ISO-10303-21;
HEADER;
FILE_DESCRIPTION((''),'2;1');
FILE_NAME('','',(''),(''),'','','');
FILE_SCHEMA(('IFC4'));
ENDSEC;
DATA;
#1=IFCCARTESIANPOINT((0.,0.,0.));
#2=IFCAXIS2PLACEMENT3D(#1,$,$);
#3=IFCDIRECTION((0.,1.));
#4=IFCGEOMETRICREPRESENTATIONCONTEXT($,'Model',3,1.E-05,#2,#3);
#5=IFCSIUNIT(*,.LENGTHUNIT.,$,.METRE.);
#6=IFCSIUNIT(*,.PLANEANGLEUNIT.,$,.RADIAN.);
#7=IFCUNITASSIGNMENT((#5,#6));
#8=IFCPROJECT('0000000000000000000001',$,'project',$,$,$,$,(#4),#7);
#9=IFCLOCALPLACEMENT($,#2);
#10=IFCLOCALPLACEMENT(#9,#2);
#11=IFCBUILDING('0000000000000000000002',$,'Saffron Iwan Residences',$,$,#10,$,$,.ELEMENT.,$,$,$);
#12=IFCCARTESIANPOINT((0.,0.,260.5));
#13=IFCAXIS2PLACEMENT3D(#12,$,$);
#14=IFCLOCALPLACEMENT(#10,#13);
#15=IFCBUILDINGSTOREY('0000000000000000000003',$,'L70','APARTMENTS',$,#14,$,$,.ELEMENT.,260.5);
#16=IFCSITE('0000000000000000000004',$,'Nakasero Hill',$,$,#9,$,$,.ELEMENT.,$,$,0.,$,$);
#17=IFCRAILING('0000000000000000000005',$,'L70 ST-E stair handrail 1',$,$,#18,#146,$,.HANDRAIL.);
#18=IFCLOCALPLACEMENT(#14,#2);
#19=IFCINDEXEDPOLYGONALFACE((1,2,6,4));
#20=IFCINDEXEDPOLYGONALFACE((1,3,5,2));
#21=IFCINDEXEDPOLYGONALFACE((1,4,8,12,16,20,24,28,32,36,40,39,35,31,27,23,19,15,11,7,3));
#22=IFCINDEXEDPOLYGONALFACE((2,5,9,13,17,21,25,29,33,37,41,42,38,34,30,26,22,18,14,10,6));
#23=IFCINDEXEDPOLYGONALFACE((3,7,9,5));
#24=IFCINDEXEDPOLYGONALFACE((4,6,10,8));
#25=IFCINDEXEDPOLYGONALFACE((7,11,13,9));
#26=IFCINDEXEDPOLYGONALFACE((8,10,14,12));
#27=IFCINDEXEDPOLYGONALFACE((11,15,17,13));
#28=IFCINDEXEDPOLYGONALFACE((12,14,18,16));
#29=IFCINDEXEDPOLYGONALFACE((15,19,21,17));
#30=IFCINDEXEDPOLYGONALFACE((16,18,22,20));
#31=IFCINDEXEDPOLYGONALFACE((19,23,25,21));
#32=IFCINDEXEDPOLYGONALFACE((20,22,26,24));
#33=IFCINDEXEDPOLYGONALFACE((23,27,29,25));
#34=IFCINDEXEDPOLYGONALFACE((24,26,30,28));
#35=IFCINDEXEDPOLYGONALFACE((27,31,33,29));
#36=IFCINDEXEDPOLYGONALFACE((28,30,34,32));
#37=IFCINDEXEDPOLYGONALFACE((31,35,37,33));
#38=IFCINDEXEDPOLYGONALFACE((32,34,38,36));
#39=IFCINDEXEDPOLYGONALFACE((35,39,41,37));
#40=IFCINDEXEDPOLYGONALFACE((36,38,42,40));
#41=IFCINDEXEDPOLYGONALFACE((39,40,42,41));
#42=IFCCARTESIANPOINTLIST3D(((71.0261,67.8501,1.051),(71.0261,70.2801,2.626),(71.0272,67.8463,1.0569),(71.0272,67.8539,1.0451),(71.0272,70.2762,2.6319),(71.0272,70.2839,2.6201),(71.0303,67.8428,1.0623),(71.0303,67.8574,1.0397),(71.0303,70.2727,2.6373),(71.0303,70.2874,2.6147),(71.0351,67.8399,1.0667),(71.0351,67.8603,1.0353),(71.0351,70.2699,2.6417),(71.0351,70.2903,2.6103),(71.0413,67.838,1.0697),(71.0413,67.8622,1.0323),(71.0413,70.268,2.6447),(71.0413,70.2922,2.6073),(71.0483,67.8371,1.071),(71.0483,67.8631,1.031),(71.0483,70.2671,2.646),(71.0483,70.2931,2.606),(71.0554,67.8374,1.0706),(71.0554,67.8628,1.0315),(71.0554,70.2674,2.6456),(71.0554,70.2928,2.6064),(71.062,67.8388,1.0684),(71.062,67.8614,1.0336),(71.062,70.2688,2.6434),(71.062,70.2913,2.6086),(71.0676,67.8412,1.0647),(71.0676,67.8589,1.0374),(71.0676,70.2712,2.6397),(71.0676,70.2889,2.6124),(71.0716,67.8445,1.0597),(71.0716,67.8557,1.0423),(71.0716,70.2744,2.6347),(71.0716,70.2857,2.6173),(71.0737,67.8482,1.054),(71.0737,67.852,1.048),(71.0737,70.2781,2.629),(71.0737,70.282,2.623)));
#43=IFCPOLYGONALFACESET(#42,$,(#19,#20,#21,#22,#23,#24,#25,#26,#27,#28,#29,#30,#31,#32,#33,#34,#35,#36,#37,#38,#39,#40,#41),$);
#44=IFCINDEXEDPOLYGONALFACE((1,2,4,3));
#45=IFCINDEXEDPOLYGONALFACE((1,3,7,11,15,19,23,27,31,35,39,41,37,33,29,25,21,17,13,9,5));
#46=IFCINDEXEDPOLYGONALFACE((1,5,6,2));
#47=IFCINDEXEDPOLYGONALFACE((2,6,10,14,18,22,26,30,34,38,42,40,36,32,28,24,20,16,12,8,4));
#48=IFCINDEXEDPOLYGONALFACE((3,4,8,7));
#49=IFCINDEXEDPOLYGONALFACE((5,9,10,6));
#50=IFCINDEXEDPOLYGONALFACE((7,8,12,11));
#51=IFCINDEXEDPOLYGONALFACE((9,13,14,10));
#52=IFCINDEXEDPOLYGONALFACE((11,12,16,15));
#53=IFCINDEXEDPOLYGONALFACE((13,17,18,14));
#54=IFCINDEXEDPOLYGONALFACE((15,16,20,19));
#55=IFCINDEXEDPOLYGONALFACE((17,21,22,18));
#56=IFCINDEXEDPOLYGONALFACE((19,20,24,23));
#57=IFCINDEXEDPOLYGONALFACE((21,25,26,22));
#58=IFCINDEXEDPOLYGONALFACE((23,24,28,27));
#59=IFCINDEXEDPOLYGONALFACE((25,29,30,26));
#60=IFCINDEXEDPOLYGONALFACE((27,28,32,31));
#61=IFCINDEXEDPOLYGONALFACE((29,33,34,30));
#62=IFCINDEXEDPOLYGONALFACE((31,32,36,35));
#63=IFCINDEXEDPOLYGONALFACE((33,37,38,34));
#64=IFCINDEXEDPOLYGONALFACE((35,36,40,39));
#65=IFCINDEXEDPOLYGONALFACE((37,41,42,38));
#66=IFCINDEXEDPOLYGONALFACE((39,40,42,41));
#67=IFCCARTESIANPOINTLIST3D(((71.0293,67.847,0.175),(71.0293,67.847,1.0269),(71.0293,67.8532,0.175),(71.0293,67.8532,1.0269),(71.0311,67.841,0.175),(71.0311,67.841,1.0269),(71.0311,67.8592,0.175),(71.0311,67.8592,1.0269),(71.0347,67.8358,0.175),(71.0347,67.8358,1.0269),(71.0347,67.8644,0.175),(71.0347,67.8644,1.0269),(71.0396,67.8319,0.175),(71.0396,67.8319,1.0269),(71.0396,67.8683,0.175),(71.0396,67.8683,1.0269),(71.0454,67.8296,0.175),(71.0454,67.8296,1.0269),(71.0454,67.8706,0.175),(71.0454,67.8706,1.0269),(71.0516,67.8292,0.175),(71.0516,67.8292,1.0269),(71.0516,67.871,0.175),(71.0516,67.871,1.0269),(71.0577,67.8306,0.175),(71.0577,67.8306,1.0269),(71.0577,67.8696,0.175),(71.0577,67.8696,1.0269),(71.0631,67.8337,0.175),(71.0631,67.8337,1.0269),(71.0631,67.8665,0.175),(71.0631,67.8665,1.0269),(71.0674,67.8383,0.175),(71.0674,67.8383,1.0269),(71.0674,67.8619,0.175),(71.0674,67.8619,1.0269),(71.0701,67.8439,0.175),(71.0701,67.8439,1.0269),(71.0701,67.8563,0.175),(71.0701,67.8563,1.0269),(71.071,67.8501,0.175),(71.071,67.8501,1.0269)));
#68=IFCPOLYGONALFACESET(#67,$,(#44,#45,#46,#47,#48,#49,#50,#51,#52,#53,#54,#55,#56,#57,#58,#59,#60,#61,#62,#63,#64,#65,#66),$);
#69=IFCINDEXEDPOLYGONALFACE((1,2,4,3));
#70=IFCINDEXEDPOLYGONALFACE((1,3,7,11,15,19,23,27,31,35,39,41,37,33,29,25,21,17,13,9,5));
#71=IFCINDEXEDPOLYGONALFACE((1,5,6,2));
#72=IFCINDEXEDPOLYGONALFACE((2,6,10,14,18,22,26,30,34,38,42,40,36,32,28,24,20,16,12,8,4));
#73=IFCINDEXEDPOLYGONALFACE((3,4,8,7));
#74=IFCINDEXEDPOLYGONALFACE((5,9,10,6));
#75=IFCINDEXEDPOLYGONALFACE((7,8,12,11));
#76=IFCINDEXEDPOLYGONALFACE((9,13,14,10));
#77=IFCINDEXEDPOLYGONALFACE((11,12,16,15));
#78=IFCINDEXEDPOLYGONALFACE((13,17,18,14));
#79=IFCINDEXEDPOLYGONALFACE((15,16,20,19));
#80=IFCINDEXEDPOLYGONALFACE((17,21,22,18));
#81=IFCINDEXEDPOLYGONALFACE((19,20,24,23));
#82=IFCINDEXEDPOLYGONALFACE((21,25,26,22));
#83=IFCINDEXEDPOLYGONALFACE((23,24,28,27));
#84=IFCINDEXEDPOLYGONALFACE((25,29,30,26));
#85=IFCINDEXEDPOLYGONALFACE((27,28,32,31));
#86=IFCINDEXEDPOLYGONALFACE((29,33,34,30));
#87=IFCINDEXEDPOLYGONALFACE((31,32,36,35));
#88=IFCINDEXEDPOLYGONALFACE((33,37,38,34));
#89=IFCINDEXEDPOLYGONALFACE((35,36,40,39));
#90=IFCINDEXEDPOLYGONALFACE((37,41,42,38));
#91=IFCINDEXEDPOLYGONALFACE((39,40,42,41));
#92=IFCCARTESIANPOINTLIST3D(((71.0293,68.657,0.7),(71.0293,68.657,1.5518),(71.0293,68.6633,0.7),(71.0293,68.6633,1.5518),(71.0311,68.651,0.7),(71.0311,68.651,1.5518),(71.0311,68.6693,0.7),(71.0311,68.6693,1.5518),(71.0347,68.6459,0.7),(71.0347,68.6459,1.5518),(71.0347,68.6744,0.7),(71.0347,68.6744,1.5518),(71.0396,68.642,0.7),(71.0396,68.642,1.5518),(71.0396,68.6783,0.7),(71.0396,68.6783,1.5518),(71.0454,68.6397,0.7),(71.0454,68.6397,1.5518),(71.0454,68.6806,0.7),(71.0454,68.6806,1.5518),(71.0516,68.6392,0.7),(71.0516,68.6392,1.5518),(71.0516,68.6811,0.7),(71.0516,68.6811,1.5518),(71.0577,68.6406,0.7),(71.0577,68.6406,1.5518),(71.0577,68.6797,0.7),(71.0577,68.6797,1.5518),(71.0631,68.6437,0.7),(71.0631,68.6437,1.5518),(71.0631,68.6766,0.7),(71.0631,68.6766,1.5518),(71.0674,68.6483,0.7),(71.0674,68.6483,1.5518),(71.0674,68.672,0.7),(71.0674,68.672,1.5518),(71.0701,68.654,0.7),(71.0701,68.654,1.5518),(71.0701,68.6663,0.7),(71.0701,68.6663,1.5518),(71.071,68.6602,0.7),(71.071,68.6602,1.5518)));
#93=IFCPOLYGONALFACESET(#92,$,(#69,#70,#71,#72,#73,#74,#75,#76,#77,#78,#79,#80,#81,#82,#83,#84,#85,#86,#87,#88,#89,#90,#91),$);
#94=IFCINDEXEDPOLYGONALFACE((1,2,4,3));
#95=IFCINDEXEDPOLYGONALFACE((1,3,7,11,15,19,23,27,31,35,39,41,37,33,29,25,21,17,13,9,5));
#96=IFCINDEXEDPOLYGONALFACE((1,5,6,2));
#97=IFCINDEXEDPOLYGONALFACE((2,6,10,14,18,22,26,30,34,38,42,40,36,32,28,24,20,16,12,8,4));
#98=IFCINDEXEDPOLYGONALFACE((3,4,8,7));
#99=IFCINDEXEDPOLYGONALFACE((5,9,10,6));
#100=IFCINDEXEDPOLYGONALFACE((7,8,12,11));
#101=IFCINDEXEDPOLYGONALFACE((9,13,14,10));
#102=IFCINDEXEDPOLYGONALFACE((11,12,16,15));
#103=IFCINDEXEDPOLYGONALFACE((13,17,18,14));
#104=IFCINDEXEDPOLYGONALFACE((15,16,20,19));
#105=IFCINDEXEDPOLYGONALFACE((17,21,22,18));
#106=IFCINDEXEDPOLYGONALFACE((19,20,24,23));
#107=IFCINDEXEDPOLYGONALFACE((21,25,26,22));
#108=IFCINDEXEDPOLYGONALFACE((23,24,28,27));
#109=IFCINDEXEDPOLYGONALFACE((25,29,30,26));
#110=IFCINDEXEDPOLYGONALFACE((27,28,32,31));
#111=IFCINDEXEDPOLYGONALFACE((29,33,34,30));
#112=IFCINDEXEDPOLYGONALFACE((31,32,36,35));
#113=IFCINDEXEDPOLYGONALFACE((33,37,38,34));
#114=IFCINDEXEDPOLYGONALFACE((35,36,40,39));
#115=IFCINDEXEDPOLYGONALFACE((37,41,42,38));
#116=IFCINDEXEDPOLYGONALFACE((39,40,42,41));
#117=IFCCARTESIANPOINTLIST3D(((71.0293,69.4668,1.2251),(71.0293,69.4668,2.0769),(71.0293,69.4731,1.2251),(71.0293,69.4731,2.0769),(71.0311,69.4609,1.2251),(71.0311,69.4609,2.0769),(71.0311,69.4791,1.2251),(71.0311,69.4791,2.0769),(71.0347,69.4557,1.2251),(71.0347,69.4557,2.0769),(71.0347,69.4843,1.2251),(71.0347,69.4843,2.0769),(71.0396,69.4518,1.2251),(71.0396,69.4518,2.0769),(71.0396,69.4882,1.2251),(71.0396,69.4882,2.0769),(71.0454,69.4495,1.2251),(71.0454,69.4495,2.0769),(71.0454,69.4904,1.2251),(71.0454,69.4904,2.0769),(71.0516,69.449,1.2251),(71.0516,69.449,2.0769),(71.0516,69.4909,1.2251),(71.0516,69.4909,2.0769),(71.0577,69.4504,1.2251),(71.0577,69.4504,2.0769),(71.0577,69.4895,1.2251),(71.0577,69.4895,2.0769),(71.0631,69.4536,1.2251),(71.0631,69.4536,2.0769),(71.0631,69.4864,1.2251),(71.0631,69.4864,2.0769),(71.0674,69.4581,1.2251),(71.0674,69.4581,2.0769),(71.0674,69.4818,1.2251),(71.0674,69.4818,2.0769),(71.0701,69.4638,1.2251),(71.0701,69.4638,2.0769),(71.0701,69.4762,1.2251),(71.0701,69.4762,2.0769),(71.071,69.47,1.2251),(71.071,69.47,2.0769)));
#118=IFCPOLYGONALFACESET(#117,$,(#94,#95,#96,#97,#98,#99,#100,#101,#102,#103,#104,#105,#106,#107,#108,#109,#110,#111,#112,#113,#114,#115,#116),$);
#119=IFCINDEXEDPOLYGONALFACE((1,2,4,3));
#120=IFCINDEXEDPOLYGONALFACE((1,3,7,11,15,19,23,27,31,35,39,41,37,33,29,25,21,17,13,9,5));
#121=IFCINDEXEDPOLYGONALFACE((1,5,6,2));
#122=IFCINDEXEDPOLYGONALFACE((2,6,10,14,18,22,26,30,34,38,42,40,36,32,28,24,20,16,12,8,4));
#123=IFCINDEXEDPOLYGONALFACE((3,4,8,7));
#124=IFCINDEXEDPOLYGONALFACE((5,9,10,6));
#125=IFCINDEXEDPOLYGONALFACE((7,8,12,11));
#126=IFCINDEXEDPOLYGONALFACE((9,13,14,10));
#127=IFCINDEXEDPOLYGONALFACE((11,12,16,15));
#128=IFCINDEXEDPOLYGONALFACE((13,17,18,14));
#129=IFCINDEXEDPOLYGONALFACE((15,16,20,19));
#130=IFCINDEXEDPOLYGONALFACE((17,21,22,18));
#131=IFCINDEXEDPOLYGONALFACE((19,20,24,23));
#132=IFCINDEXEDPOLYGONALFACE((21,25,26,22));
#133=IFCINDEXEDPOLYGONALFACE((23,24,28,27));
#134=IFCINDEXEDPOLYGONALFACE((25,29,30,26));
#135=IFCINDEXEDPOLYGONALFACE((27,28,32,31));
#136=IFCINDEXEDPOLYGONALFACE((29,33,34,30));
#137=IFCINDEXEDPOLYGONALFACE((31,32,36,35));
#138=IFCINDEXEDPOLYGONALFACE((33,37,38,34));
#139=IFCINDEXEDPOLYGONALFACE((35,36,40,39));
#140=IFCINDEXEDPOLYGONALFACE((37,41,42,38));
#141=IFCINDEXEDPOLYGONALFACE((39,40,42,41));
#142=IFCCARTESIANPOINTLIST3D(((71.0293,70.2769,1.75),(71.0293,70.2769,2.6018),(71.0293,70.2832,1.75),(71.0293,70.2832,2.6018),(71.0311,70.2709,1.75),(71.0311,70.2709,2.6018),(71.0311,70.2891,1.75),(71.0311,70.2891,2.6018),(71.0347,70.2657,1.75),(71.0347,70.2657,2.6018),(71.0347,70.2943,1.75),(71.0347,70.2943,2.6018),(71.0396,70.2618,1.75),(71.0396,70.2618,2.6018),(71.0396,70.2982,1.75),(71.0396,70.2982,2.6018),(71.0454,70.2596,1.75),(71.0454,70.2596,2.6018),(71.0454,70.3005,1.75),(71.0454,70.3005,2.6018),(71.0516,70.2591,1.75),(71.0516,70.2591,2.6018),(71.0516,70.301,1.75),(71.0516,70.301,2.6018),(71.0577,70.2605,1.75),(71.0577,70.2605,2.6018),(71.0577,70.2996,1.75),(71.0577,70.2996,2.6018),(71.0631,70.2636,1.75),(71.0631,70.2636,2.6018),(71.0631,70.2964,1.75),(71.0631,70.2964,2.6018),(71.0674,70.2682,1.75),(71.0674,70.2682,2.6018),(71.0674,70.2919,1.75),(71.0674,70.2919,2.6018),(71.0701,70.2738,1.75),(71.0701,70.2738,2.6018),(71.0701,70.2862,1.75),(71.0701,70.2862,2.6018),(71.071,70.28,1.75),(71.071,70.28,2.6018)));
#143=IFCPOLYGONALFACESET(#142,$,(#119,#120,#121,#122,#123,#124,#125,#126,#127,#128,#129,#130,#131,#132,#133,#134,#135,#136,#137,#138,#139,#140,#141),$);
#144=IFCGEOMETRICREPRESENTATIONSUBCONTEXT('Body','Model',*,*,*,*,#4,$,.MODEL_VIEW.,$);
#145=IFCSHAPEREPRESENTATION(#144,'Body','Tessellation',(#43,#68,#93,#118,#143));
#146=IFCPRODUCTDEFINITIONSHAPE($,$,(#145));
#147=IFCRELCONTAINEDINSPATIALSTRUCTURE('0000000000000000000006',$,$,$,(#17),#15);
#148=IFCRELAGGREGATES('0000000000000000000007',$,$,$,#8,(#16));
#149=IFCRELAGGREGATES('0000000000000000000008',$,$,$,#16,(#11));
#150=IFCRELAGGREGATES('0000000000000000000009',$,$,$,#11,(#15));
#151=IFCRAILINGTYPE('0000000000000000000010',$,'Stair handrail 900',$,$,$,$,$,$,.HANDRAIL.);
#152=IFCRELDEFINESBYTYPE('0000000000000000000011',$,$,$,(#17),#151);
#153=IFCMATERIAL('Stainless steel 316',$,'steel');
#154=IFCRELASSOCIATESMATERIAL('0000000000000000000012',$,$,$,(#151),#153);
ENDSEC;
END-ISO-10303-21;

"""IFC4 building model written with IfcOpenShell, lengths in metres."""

from ifc_helpers import new_model, si_unit, direction, frame, origin, origin_2d, place, context, subcontext, project, spatial, circle, extrude, material, type_object, element, save


model = new_model("IFC4")

# Units and contexts
model_context = context("Model", 3, precision=1e-05, world=origin(), true_north=direction((0.0, 1.0)))
body_context = subcontext(model_context, "Body", "Model", "MODEL_VIEW")
ifc_project = project(units=[si_unit("LENGTHUNIT", "METRE"), si_unit("PLANEANGLEUNIT", "RADIAN")], contexts=[model_context])

# Site, building, storey
site_placement = place(None, origin())
site = spatial("IfcSite", under=ifc_project, at=site_placement, Name="Nakasero Hill", CompositionType="ELEMENT", RefElevation=0.0)
building_placement = place(site_placement, origin())
building = spatial("IfcBuilding", under=site, at=building_placement, Name="Saffron Iwan Residences", CompositionType="ELEMENT")
storey_placement = place(building_placement, frame((0.0, 0.0, 260.5)))
storey = spatial("IfcBuildingStorey", under=building, at=storey_placement, Name="L70", Description="APARTMENTS", CompositionType="ELEMENT", Elevation=260.5)

# Railing
ifc_material_1 = material(Name="Stainless steel 316", Category="steel")
railing_type_1 = type_object("IfcRailingType", Name="Stair handrail 900", PredefinedType="HANDRAIL", material=ifc_material_1)
railing_1_placement = place(storey_placement, frame((71.05, 67.8501, 0.175)))
element("IfcRailing", 1, at=railing_1_placement, inside=storey, type_object=railing_type_1, Name="L70 ST-E stair handrail 1", PredefinedType="HANDRAIL", context=body_context, shape_type="SweptSolid", body=[
    extrude(circle(Radius=0.0239, at=origin_2d()), frame((0.0, 0.0, 0.876), z_axis=(0.0, 0.839154, 0.543894), x_axis=(-1.0, 0.0, 0.0)), (0.0, 0.0, 1.0), 2.8958),
    extrude(circle(Radius=0.021, at=origin_2d()), origin(), (0.0, 0.0, 1.0), 0.8518),
    extrude(circle(Radius=0.021, at=origin_2d()), frame((0.0, 0.8101, 0.5249)), (0.0, 0.0, 1.0), 0.8518),
    extrude(circle(Radius=0.021, at=origin_2d()), frame((0.0, 1.6199, 1.05)), (0.0, 0.0, 1.0), 0.8518),
    extrude(circle(Radius=0.021, at=origin_2d()), frame((0.0, 2.4299, 1.575)), (0.0, 0.0, 1.0), 0.8518),
])

save(model, "model.ifc")
